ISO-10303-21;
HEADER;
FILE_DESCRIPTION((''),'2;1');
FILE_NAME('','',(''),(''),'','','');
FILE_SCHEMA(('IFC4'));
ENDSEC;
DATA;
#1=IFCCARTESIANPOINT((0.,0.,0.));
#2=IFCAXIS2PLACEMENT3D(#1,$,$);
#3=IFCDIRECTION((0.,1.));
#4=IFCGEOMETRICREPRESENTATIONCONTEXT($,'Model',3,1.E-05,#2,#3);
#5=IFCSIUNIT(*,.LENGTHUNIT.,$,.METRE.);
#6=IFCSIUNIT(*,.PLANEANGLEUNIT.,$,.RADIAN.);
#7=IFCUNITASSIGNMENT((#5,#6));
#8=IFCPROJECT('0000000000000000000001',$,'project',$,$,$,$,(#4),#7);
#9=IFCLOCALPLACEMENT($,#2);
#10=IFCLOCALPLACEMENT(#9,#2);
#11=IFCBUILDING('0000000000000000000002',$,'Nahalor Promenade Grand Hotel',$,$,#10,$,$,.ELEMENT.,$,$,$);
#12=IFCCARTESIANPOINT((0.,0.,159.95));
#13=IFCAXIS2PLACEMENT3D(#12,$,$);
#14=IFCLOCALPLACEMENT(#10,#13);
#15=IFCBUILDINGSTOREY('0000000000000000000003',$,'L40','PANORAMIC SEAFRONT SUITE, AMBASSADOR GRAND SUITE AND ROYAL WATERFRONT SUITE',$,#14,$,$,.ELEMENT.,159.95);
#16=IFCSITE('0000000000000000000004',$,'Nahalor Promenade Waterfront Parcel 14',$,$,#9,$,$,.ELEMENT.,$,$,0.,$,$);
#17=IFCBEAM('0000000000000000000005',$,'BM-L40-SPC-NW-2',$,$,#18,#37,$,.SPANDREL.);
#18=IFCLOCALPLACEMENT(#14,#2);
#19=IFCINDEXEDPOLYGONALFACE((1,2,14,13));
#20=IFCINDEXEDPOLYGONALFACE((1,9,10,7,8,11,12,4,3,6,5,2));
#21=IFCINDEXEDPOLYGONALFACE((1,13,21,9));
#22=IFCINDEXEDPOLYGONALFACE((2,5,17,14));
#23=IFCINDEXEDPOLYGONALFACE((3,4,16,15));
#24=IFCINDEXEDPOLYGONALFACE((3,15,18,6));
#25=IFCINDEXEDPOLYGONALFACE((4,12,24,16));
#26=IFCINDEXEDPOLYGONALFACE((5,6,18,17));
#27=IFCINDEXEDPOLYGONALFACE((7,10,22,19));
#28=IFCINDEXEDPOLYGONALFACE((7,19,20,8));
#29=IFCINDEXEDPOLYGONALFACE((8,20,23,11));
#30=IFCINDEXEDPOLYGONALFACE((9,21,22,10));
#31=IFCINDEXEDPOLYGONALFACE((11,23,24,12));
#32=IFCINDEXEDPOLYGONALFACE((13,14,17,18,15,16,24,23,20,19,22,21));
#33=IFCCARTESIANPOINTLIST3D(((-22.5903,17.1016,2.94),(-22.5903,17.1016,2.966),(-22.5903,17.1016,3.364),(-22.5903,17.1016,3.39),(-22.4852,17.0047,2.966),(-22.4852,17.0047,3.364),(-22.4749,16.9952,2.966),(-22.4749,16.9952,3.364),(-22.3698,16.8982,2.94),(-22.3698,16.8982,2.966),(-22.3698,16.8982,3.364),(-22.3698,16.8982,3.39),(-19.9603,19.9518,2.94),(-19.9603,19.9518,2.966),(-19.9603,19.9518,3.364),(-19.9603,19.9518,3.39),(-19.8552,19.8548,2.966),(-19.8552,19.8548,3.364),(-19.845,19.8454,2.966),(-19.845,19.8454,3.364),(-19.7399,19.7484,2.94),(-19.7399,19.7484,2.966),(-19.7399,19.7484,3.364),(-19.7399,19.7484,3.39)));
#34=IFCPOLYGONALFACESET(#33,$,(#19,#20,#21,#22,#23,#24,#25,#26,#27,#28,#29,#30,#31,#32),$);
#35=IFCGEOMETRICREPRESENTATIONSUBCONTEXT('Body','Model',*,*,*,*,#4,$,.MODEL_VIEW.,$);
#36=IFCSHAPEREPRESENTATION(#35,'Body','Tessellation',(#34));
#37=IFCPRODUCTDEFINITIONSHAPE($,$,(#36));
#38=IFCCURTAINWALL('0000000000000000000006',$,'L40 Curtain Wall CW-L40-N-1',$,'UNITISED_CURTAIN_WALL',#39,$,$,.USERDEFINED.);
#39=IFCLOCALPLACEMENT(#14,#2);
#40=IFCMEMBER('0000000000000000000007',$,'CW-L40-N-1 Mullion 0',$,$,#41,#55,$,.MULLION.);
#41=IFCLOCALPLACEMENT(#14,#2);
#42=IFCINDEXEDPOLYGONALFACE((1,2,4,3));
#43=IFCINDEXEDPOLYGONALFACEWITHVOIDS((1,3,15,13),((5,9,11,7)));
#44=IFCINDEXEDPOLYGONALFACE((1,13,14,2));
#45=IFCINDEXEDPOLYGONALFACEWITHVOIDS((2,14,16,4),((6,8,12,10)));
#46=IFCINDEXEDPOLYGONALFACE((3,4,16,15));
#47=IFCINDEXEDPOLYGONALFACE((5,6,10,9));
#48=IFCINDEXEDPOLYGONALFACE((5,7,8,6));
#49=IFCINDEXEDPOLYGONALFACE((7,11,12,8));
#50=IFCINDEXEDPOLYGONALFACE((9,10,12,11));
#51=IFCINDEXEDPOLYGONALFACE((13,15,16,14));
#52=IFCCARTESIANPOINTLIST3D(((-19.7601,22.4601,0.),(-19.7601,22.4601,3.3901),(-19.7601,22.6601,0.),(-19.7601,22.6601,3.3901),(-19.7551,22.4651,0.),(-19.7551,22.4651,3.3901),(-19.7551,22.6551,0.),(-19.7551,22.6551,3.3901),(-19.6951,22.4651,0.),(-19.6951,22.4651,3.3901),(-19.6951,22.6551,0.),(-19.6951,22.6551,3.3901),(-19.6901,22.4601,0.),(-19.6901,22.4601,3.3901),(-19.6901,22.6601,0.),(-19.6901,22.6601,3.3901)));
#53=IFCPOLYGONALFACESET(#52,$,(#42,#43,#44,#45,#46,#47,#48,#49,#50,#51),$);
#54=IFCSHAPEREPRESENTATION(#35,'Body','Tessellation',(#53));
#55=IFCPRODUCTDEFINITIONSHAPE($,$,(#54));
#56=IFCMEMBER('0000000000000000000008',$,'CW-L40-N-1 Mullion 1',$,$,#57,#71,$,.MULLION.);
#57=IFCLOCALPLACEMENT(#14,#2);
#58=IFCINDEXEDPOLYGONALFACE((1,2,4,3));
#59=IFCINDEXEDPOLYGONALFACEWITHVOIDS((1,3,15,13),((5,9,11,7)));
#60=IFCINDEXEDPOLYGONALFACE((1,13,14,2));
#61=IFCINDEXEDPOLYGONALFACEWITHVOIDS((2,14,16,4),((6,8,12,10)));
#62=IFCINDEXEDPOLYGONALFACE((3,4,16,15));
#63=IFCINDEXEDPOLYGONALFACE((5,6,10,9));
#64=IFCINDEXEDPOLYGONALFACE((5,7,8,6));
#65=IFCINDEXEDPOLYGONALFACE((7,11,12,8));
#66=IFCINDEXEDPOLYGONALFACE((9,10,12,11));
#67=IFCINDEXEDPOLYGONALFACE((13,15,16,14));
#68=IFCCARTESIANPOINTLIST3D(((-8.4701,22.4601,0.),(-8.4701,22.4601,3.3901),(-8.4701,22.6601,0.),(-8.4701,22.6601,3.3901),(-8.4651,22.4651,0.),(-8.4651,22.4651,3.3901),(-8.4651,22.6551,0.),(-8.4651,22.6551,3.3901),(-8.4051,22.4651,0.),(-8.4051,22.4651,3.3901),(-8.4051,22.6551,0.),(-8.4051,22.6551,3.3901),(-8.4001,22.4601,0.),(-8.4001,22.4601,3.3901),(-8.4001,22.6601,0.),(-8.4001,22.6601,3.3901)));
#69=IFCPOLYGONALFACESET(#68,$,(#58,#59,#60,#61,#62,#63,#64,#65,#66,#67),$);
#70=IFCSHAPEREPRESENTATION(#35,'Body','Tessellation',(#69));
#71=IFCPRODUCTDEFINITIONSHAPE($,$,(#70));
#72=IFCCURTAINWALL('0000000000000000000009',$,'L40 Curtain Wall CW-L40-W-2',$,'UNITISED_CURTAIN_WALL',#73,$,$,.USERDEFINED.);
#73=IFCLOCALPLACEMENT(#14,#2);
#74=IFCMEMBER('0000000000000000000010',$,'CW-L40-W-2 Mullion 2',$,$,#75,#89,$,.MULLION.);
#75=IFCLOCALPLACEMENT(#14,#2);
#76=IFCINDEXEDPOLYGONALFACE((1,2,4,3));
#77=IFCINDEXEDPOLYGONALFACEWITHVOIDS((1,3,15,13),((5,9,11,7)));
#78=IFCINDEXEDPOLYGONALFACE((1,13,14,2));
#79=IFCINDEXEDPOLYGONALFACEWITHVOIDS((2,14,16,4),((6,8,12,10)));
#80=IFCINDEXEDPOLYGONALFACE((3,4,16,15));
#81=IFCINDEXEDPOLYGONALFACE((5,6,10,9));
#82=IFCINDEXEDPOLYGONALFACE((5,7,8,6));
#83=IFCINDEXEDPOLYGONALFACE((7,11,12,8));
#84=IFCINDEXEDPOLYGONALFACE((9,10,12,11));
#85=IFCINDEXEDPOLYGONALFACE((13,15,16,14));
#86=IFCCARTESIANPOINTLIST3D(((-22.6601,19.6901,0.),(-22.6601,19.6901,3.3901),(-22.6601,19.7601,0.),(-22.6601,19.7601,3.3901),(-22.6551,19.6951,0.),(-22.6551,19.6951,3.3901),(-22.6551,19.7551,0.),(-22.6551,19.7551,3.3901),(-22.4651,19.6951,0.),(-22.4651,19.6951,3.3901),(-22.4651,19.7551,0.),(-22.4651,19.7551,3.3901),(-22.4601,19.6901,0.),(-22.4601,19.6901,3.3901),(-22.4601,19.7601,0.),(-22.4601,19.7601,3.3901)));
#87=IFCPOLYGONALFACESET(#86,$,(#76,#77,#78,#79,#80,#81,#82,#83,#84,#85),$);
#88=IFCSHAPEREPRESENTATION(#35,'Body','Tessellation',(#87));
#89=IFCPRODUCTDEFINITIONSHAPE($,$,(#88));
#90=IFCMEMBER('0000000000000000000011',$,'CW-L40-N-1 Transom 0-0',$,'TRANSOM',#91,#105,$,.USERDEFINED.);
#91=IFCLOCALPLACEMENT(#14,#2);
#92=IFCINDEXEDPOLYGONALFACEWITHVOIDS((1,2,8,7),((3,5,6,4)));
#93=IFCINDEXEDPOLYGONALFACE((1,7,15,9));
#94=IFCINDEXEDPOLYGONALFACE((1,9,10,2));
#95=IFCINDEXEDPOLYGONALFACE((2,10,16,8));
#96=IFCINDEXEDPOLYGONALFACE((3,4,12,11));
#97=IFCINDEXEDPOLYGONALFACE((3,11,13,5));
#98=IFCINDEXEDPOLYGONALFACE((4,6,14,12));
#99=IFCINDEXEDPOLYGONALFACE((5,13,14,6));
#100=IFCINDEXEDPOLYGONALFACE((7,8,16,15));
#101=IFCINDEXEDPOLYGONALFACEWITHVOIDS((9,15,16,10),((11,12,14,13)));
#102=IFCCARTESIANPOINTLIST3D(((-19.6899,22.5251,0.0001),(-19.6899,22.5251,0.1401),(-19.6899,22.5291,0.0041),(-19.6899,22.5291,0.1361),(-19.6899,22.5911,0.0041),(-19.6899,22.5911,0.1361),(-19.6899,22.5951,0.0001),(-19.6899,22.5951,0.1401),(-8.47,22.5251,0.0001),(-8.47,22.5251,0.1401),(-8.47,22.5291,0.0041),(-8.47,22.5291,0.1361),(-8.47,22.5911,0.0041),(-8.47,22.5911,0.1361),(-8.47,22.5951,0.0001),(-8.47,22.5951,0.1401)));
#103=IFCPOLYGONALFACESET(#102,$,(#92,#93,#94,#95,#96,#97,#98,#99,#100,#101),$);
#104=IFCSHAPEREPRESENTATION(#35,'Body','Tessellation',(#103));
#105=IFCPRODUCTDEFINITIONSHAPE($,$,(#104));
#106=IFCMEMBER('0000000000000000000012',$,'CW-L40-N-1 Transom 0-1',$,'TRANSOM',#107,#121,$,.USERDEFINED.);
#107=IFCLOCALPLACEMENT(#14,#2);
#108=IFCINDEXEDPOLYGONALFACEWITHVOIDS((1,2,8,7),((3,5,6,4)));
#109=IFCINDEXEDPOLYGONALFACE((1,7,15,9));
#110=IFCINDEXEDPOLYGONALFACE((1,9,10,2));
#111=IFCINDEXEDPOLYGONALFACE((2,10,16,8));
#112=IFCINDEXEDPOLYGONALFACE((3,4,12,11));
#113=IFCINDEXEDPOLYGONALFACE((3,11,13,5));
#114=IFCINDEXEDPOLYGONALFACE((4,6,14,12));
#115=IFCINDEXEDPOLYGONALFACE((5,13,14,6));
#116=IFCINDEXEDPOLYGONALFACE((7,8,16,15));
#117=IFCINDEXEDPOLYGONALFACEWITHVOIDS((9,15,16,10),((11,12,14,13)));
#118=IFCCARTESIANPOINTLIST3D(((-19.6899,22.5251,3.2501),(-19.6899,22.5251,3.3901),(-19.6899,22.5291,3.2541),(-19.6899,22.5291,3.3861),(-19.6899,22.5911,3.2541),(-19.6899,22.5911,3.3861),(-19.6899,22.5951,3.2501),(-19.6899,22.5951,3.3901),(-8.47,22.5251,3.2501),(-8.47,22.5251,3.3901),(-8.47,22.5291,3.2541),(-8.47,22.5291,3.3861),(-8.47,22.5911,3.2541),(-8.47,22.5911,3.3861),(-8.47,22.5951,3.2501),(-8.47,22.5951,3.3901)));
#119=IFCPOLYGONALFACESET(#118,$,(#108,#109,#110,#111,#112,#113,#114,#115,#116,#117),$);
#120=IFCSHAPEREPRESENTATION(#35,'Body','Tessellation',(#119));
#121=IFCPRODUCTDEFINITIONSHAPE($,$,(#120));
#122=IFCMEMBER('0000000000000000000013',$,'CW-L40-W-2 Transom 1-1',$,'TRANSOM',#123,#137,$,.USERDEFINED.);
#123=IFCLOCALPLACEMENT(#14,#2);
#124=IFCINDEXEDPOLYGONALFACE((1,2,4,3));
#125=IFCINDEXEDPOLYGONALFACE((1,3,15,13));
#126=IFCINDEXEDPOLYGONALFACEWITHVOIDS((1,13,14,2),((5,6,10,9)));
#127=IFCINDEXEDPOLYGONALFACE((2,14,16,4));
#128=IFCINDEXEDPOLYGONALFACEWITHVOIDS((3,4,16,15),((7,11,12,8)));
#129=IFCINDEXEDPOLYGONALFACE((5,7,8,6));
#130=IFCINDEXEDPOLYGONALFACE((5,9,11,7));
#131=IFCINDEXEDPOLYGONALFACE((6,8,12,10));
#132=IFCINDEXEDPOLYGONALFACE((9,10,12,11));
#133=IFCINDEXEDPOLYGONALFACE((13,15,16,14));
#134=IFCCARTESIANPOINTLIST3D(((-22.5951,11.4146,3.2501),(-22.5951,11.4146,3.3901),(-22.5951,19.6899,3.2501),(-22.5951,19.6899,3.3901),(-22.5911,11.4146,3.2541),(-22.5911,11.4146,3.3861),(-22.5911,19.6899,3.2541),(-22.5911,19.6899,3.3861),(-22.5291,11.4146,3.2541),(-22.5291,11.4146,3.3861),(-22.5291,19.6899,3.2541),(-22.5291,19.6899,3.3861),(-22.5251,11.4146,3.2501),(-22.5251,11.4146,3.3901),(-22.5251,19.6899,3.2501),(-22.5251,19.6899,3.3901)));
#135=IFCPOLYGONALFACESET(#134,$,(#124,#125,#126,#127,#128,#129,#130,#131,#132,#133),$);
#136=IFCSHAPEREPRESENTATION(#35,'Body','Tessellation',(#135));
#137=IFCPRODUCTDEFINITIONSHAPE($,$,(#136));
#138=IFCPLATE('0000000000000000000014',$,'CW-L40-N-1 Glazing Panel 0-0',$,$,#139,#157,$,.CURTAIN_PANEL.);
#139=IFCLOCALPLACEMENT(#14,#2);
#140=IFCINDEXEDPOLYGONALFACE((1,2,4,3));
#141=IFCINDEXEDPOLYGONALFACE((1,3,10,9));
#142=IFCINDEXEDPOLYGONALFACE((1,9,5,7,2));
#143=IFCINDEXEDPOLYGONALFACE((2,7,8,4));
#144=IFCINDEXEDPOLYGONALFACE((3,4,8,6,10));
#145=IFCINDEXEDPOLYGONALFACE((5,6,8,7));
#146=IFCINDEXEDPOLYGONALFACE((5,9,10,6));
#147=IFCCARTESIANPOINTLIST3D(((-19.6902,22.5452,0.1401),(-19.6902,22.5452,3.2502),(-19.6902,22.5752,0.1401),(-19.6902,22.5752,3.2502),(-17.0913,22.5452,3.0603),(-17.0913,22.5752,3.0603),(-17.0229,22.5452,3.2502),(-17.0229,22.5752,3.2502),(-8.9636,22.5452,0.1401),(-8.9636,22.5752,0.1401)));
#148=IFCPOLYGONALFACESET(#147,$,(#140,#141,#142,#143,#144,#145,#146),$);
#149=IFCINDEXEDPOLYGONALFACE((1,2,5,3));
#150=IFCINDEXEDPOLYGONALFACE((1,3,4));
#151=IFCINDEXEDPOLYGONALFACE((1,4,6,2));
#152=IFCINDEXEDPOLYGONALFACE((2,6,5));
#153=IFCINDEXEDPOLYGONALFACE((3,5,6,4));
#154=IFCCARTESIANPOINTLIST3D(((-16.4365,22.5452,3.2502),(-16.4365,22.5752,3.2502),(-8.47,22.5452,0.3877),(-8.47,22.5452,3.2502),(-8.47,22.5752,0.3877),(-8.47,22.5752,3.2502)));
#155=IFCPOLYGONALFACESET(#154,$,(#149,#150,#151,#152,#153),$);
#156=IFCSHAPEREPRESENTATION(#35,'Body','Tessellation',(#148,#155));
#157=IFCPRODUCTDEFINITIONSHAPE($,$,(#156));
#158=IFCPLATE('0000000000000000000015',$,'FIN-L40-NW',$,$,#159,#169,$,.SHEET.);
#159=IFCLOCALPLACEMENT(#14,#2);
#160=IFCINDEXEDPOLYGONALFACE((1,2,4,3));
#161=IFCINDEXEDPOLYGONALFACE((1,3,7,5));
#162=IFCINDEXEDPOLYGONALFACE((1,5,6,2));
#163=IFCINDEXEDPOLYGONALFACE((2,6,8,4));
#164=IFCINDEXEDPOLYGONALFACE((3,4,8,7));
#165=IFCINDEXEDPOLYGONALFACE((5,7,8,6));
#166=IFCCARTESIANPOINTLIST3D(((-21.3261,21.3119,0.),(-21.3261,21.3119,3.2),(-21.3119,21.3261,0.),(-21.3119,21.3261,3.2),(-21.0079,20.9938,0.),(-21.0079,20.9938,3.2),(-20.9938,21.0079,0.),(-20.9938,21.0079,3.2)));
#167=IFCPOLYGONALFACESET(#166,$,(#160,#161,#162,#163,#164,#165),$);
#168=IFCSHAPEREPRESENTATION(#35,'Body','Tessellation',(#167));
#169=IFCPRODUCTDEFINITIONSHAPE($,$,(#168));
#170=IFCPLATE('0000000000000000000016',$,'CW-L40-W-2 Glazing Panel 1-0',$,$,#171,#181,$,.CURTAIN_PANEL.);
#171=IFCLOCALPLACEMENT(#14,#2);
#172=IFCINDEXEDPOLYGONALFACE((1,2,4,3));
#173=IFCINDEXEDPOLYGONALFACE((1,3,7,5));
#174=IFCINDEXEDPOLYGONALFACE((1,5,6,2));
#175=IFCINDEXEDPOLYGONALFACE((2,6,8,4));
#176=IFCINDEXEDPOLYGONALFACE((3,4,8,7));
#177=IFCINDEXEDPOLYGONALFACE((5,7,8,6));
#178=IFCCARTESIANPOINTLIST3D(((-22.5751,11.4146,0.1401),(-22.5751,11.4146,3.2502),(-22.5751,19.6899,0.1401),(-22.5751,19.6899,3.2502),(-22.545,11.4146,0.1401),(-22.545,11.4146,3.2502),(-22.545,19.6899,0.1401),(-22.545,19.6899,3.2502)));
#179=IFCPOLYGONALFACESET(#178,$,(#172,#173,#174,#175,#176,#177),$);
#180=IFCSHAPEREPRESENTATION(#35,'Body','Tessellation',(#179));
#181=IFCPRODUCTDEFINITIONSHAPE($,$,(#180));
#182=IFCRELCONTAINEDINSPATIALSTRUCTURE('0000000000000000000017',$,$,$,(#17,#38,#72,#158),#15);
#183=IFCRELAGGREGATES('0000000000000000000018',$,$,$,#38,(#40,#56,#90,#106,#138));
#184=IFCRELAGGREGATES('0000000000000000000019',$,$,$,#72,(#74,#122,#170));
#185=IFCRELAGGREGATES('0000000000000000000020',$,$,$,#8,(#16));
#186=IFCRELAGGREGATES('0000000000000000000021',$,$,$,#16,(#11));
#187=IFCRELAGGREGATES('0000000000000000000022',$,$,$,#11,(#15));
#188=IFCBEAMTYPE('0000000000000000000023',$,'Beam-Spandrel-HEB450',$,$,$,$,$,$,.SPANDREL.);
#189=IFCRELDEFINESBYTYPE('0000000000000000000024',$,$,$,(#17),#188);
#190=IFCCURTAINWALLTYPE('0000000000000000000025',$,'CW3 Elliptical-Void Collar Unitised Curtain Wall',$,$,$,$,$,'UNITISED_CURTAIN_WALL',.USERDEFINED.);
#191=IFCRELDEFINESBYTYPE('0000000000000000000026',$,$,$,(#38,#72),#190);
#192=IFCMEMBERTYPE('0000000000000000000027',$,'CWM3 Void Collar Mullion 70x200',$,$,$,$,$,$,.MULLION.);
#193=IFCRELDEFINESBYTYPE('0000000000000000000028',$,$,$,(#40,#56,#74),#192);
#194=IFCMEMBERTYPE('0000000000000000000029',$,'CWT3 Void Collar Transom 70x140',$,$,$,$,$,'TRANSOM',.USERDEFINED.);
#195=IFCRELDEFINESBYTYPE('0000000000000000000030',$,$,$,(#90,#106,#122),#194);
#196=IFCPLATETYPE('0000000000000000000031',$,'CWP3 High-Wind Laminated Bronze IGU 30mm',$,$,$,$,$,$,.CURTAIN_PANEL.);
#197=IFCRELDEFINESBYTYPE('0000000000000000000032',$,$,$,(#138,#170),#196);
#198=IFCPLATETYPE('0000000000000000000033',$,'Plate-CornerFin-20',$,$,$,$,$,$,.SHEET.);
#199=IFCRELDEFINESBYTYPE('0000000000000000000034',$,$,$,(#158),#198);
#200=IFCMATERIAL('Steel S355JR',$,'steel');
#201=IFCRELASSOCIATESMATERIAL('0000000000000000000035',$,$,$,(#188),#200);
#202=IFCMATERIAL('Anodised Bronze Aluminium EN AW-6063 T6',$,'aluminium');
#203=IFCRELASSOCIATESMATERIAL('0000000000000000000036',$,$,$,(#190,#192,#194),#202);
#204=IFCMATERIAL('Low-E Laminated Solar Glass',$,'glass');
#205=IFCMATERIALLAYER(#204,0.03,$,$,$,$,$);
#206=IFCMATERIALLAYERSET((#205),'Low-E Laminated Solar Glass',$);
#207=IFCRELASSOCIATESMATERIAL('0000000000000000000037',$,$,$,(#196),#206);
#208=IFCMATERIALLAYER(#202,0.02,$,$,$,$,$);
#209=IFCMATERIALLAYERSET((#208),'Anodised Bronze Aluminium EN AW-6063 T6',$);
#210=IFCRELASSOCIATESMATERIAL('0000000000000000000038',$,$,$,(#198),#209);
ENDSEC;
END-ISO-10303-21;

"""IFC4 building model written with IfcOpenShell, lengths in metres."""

from ifc_helpers import new_model, si_unit, direction, frame, origin, origin_2d, place, context, subcontext, project, spatial, polyline, rectangle, hollow_rectangle, i_section, outline, extrude, source, transform, mapped, material, layer, layer_set, material_profile, profile_set, type_object, element, aggregate, save


model = new_model("IFC4")

# Units and contexts
model_context = context("Model", 3, precision=1e-05, world=origin(), true_north=direction((0.0, 1.0)))
body_context = subcontext(model_context, "Body", "Model", "MODEL_VIEW")
ifc_project = project(units=[si_unit("LENGTHUNIT", "METRE"), si_unit("PLANEANGLEUNIT", "RADIAN")], contexts=[model_context])

# Site, building, storey
site_placement = place(None, origin())
site = spatial("IfcSite", under=ifc_project, at=site_placement, Name="Nahalor Promenade Waterfront Parcel 14", CompositionType="ELEMENT", RefElevation=0.0)
building_placement = place(site_placement, origin())
building = spatial("IfcBuilding", under=site, at=building_placement, Name="Nahalor Promenade Grand Hotel", CompositionType="ELEMENT")
storey_placement = place(building_placement, frame((0.0, 0.0, 159.95)))
storey = spatial("IfcBuildingStorey", under=building, at=storey_placement, Name="L40", Description="PANORAMIC SEAFRONT SUITE, AMBASSADOR GRAND SUITE AND ROYAL WATERFRONT SUITE", CompositionType="ELEMENT", Elevation=159.95)

# Beam
ifc_material_1 = material(Name="Steel S355JR", Category="steel")
ifc_material_profile_1 = material_profile(ifc_material_1, i_section(OverallWidth=0.3, OverallDepth=0.45, WebThickness=0.014, FlangeThickness=0.026, at=origin_2d()), Name="HEB 450")
ifc_profile_set_1 = profile_set([ifc_material_profile_1], Name="Steel S355JR")
beam_type_1 = type_object("IfcBeamType", Name="Beam-Spandrel-HEB450", PredefinedType="SPANDREL", material=ifc_profile_set_1)
shared_shape_1 = source(origin(), body_context, "Body", "SweptSolid", [
    extrude(i_section(OverallWidth=0.3, OverallDepth=0.45, WebThickness=0.014, FlangeThickness=0.026, at=origin_2d()), origin(), (0.0, 0.0, 1.0), 3.8782),
])
for number, where, z_axis, x_axis, name in (
    (1, (-19.8501, 19.8501, 3.165), (-0.678144, -0.734929, 0.0), (0.734929, -0.678144, 0.0), "BM-L40-SPC-NW-2"),
):
    element("IfcBeam", number, at=place(storey_placement, frame(where, z_axis=z_axis, x_axis=x_axis)), inside=storey, type_object=beam_type_1, Name=name, PredefinedType="SPANDREL", context=body_context, shape_type="MappedRepresentation", body=[
        mapped(shared_shape_1, transform((0.0, 0.0, 0.0), scale=1.0)),
    ])

# Curtain wall, members
ifc_material_2 = material(Name="Anodised Bronze Aluminium EN AW-6063 T6", Category="aluminium")
curtain_wall_type = type_object("IfcCurtainWallType", Name="CW3 Elliptical-Void Collar Unitised Curtain Wall", ElementType="UNITISED_CURTAIN_WALL", PredefinedType="USERDEFINED", material=ifc_material_2)
curtain_wall_1_placement = place(storey_placement, origin())
curtain_wall_1 = element("IfcCurtainWall", 2, at=curtain_wall_1_placement, inside=storey, type_object=curtain_wall_type, Name="L40 Curtain Wall CW-L40-N-1", ObjectType="UNITISED_CURTAIN_WALL", PredefinedType="USERDEFINED")
ifc_material_profile_2 = material_profile(ifc_material_2, hollow_rectangle(XDim=0.07, YDim=0.2, WallThickness=0.005, at=origin_2d()), Name="CWM 70x200x5")
ifc_profile_set_2 = profile_set([ifc_material_profile_2], Name="Anodised Bronze Aluminium EN AW-6063 T6")
member_type_1 = type_object("IfcMemberType", Name="CWM3 Void Collar Mullion 70x200", PredefinedType="MULLION", material=ifc_profile_set_2)
shared_shape_2 = source(origin(), body_context, "Body", "SweptSolid", [
    extrude(hollow_rectangle(XDim=0.07, YDim=0.2, WallThickness=0.005, at=origin_2d()), origin(), (0.0, 0.0, 1.0), 3.3901),
])
member_1_placement = place(storey_placement, frame((-19.7251, 22.5601, 0.0), z_axis=(0.0, 0.0, 1.0), x_axis=(1.0, 0.0, 0.0)))
member_1 = element("IfcMember", 3, at=member_1_placement, type_object=member_type_1, Name="CW-L40-N-1 Mullion 0", PredefinedType="MULLION", context=body_context, shape_type="MappedRepresentation", body=[
    mapped(shared_shape_2, transform((0.0, 0.0, 0.0), scale=1.0)),
])
member_2_placement = place(storey_placement, frame((-8.4351, 22.5601, 0.0), z_axis=(0.0, 0.0, 1.0), x_axis=(1.0, 0.0, 0.0)))
member_2 = element("IfcMember", 4, at=member_2_placement, type_object=member_type_1, Name="CW-L40-N-1 Mullion 1", PredefinedType="MULLION", context=body_context, shape_type="MappedRepresentation", body=[
    mapped(shared_shape_2, transform((0.0, 0.0, 0.0), scale=1.0)),
])

# Curtain wall, member
curtain_wall_2_placement = place(storey_placement, origin())
curtain_wall_2 = element("IfcCurtainWall", 5, at=curtain_wall_2_placement, inside=storey, type_object=curtain_wall_type, Name="L40 Curtain Wall CW-L40-W-2", ObjectType="UNITISED_CURTAIN_WALL", PredefinedType="USERDEFINED")
member_3_placement = place(storey_placement, frame((-22.5601, 19.7251, 0.0), z_axis=(0.0, 0.0, 1.0), x_axis=(0.0, 1.0, 0.0)))
member_3 = element("IfcMember", 6, at=member_3_placement, type_object=member_type_1, Name="CW-L40-W-2 Mullion 2", PredefinedType="MULLION", context=body_context, shape_type="MappedRepresentation", body=[
    mapped(shared_shape_2, transform((0.0, 0.0, 0.0), scale=1.0)),
])

# Members
ifc_material_profile_3 = material_profile(ifc_material_2, hollow_rectangle(XDim=0.07, YDim=0.14, WallThickness=0.004, at=origin_2d()), Name="CWT 70x140x4")
ifc_profile_set_3 = profile_set([ifc_material_profile_3], Name="Anodised Bronze Aluminium EN AW-6063 T6")
member_type_2 = type_object("IfcMemberType", Name="CWT3 Void Collar Transom 70x140", ElementType="TRANSOM", PredefinedType="USERDEFINED", material=ifc_profile_set_3)
shared_shape_3 = source(origin(), body_context, "Body", "SweptSolid", [
    extrude(hollow_rectangle(XDim=0.07, YDim=0.14, WallThickness=0.004, at=origin_2d()), origin(), (0.0, 0.0, 1.0), 11.22),
])
member_4_placement = place(storey_placement, frame((-19.6899, 22.5601, 0.0701), z_axis=(1.0, 0.0, 0.0), x_axis=(0.0, 1.0, 0.0)))
member_4 = element("IfcMember", 7, at=member_4_placement, type_object=member_type_2, Name="CW-L40-N-1 Transom 0-0", ObjectType="TRANSOM", PredefinedType="USERDEFINED", context=body_context, shape_type="MappedRepresentation", body=[
    mapped(shared_shape_3, transform((0.0, 0.0, 0.0), scale=1.0)),
])
member_5_placement = place(storey_placement, frame((-19.6899, 22.5601, 3.3201), z_axis=(1.0, 0.0, 0.0), x_axis=(0.0, 1.0, 0.0)))
member_5 = element("IfcMember", 8, at=member_5_placement, type_object=member_type_2, Name="CW-L40-N-1 Transom 0-1", ObjectType="TRANSOM", PredefinedType="USERDEFINED", context=body_context, shape_type="MappedRepresentation", body=[
    mapped(shared_shape_3, transform((0.0, 0.0, 0.0), scale=1.0)),
])
shared_shape_4 = source(origin(), body_context, "Body", "SweptSolid", [
    extrude(hollow_rectangle(XDim=0.07, YDim=0.14, WallThickness=0.004, at=origin_2d()), origin(), (0.0, 0.0, 1.0), 8.2754),
])
member_6_placement = place(storey_placement, frame((-22.5601, 11.4146, 3.3201), z_axis=(0.0, 1.0, 0.0), x_axis=(-1.0, 0.0, 0.0)))
member_6 = element("IfcMember", 9, at=member_6_placement, type_object=member_type_2, Name="CW-L40-W-2 Transom 1-1", ObjectType="TRANSOM", PredefinedType="USERDEFINED", context=body_context, shape_type="MappedRepresentation", body=[
    mapped(shared_shape_4, transform((0.0, 0.0, 0.0), scale=1.0)),
])

# Plates
ifc_material_3 = material(Name="Low-E Laminated Solar Glass", Category="glass")
ifc_layer_1 = layer(ifc_material_3, 0.03)
ifc_layer_set_1 = layer_set([ifc_layer_1], Name="Low-E Laminated Solar Glass")
plate_type_1 = type_object("IfcPlateType", Name="CWP3 High-Wind Laminated Bronze IGU 30mm", PredefinedType="CURTAIN_PANEL", material=ifc_layer_set_1)
plate_1_placement = place(storey_placement, frame((-14.0801, 22.5601, 0.1401), z_axis=(0.0, 0.0, 1.0), x_axis=(1.0, 0.0, 0.0)))
plate_1 = element("IfcPlate", 10, at=plate_1_placement, type_object=plate_type_1, Name="CW-L40-N-1 Glazing Panel 0-0", PredefinedType="CURTAIN_PANEL", context=body_context, shape_type="SweptSolid", body=[
    extrude(outline(polyline([(-5.6101, 3.1101), (-5.6101, 0.0), (5.1165, 0.0), (-3.0112, 2.9202), (-2.9429, 3.1101), (-5.6101, 3.1101)])), frame((0.0, 0.0151, 0.0), z_axis=(0.0, -1.0, 0.0), x_axis=(1.0, 0.0, 0.0)), (0.0, 0.0, 1.0), 0.03),
    extrude(outline(polyline([(5.6101, 0.2476), (5.6101, 3.1101), (-2.3564, 3.1101), (5.6101, 0.2476)])), frame((0.0, 0.0151, 0.0), z_axis=(0.0, -1.0, 0.0), x_axis=(1.0, 0.0, 0.0)), (0.0, 0.0, 1.0), 0.03),
])
aggregate(curtain_wall_1, [member_1, member_2, member_4, member_5, plate_1])
ifc_layer_2 = layer(ifc_material_2, 0.02)
ifc_layer_set_2 = layer_set([ifc_layer_2], Name="Anodised Bronze Aluminium EN AW-6063 T6")
plate_type_2 = type_object("IfcPlateType", Name="Plate-CornerFin-20", PredefinedType="SHEET", material=ifc_layer_set_2)
shared_shape_5 = source(origin(), body_context, "Body", "SweptSolid", [
    extrude(rectangle(XDim=0.45, YDim=0.02, at=origin_2d()), origin(), (0.0, 0.0, 1.0), 3.2),
])
plate_2_placement = place(storey_placement, frame((-21.1599, 21.1599, 0.0), z_axis=(0.0, 0.0, 1.0), x_axis=(-0.707107, 0.707107, 0.0)))
element("IfcPlate", 11, at=plate_2_placement, inside=storey, type_object=plate_type_2, Name="FIN-L40-NW", PredefinedType="SHEET", context=body_context, shape_type="MappedRepresentation", body=[
    mapped(shared_shape_5, transform((0.0, 0.0, 0.0), scale=1.0)),
])
shared_shape_6 = source(origin(), body_context, "Body", "SweptSolid", [
    extrude(rectangle(XDim=8.2754, YDim=0.03, at=origin_2d()), origin(), (0.0, 0.0, 1.0), 3.1101),
])
plate_3_placement = place(storey_placement, frame((-22.5601, 15.5522, 0.1401), z_axis=(0.0, 0.0, 1.0), x_axis=(0.0, 1.0, 0.0)))
plate_3 = element("IfcPlate", 12, at=plate_3_placement, type_object=plate_type_1, Name="CW-L40-W-2 Glazing Panel 1-0", PredefinedType="CURTAIN_PANEL", context=body_context, shape_type="MappedRepresentation", body=[
    mapped(shared_shape_6, transform((0.0, 0.0, 0.0), scale=1.0)),
])
aggregate(curtain_wall_2, [member_3, member_6, plate_3])

save(model, "model.ifc")
